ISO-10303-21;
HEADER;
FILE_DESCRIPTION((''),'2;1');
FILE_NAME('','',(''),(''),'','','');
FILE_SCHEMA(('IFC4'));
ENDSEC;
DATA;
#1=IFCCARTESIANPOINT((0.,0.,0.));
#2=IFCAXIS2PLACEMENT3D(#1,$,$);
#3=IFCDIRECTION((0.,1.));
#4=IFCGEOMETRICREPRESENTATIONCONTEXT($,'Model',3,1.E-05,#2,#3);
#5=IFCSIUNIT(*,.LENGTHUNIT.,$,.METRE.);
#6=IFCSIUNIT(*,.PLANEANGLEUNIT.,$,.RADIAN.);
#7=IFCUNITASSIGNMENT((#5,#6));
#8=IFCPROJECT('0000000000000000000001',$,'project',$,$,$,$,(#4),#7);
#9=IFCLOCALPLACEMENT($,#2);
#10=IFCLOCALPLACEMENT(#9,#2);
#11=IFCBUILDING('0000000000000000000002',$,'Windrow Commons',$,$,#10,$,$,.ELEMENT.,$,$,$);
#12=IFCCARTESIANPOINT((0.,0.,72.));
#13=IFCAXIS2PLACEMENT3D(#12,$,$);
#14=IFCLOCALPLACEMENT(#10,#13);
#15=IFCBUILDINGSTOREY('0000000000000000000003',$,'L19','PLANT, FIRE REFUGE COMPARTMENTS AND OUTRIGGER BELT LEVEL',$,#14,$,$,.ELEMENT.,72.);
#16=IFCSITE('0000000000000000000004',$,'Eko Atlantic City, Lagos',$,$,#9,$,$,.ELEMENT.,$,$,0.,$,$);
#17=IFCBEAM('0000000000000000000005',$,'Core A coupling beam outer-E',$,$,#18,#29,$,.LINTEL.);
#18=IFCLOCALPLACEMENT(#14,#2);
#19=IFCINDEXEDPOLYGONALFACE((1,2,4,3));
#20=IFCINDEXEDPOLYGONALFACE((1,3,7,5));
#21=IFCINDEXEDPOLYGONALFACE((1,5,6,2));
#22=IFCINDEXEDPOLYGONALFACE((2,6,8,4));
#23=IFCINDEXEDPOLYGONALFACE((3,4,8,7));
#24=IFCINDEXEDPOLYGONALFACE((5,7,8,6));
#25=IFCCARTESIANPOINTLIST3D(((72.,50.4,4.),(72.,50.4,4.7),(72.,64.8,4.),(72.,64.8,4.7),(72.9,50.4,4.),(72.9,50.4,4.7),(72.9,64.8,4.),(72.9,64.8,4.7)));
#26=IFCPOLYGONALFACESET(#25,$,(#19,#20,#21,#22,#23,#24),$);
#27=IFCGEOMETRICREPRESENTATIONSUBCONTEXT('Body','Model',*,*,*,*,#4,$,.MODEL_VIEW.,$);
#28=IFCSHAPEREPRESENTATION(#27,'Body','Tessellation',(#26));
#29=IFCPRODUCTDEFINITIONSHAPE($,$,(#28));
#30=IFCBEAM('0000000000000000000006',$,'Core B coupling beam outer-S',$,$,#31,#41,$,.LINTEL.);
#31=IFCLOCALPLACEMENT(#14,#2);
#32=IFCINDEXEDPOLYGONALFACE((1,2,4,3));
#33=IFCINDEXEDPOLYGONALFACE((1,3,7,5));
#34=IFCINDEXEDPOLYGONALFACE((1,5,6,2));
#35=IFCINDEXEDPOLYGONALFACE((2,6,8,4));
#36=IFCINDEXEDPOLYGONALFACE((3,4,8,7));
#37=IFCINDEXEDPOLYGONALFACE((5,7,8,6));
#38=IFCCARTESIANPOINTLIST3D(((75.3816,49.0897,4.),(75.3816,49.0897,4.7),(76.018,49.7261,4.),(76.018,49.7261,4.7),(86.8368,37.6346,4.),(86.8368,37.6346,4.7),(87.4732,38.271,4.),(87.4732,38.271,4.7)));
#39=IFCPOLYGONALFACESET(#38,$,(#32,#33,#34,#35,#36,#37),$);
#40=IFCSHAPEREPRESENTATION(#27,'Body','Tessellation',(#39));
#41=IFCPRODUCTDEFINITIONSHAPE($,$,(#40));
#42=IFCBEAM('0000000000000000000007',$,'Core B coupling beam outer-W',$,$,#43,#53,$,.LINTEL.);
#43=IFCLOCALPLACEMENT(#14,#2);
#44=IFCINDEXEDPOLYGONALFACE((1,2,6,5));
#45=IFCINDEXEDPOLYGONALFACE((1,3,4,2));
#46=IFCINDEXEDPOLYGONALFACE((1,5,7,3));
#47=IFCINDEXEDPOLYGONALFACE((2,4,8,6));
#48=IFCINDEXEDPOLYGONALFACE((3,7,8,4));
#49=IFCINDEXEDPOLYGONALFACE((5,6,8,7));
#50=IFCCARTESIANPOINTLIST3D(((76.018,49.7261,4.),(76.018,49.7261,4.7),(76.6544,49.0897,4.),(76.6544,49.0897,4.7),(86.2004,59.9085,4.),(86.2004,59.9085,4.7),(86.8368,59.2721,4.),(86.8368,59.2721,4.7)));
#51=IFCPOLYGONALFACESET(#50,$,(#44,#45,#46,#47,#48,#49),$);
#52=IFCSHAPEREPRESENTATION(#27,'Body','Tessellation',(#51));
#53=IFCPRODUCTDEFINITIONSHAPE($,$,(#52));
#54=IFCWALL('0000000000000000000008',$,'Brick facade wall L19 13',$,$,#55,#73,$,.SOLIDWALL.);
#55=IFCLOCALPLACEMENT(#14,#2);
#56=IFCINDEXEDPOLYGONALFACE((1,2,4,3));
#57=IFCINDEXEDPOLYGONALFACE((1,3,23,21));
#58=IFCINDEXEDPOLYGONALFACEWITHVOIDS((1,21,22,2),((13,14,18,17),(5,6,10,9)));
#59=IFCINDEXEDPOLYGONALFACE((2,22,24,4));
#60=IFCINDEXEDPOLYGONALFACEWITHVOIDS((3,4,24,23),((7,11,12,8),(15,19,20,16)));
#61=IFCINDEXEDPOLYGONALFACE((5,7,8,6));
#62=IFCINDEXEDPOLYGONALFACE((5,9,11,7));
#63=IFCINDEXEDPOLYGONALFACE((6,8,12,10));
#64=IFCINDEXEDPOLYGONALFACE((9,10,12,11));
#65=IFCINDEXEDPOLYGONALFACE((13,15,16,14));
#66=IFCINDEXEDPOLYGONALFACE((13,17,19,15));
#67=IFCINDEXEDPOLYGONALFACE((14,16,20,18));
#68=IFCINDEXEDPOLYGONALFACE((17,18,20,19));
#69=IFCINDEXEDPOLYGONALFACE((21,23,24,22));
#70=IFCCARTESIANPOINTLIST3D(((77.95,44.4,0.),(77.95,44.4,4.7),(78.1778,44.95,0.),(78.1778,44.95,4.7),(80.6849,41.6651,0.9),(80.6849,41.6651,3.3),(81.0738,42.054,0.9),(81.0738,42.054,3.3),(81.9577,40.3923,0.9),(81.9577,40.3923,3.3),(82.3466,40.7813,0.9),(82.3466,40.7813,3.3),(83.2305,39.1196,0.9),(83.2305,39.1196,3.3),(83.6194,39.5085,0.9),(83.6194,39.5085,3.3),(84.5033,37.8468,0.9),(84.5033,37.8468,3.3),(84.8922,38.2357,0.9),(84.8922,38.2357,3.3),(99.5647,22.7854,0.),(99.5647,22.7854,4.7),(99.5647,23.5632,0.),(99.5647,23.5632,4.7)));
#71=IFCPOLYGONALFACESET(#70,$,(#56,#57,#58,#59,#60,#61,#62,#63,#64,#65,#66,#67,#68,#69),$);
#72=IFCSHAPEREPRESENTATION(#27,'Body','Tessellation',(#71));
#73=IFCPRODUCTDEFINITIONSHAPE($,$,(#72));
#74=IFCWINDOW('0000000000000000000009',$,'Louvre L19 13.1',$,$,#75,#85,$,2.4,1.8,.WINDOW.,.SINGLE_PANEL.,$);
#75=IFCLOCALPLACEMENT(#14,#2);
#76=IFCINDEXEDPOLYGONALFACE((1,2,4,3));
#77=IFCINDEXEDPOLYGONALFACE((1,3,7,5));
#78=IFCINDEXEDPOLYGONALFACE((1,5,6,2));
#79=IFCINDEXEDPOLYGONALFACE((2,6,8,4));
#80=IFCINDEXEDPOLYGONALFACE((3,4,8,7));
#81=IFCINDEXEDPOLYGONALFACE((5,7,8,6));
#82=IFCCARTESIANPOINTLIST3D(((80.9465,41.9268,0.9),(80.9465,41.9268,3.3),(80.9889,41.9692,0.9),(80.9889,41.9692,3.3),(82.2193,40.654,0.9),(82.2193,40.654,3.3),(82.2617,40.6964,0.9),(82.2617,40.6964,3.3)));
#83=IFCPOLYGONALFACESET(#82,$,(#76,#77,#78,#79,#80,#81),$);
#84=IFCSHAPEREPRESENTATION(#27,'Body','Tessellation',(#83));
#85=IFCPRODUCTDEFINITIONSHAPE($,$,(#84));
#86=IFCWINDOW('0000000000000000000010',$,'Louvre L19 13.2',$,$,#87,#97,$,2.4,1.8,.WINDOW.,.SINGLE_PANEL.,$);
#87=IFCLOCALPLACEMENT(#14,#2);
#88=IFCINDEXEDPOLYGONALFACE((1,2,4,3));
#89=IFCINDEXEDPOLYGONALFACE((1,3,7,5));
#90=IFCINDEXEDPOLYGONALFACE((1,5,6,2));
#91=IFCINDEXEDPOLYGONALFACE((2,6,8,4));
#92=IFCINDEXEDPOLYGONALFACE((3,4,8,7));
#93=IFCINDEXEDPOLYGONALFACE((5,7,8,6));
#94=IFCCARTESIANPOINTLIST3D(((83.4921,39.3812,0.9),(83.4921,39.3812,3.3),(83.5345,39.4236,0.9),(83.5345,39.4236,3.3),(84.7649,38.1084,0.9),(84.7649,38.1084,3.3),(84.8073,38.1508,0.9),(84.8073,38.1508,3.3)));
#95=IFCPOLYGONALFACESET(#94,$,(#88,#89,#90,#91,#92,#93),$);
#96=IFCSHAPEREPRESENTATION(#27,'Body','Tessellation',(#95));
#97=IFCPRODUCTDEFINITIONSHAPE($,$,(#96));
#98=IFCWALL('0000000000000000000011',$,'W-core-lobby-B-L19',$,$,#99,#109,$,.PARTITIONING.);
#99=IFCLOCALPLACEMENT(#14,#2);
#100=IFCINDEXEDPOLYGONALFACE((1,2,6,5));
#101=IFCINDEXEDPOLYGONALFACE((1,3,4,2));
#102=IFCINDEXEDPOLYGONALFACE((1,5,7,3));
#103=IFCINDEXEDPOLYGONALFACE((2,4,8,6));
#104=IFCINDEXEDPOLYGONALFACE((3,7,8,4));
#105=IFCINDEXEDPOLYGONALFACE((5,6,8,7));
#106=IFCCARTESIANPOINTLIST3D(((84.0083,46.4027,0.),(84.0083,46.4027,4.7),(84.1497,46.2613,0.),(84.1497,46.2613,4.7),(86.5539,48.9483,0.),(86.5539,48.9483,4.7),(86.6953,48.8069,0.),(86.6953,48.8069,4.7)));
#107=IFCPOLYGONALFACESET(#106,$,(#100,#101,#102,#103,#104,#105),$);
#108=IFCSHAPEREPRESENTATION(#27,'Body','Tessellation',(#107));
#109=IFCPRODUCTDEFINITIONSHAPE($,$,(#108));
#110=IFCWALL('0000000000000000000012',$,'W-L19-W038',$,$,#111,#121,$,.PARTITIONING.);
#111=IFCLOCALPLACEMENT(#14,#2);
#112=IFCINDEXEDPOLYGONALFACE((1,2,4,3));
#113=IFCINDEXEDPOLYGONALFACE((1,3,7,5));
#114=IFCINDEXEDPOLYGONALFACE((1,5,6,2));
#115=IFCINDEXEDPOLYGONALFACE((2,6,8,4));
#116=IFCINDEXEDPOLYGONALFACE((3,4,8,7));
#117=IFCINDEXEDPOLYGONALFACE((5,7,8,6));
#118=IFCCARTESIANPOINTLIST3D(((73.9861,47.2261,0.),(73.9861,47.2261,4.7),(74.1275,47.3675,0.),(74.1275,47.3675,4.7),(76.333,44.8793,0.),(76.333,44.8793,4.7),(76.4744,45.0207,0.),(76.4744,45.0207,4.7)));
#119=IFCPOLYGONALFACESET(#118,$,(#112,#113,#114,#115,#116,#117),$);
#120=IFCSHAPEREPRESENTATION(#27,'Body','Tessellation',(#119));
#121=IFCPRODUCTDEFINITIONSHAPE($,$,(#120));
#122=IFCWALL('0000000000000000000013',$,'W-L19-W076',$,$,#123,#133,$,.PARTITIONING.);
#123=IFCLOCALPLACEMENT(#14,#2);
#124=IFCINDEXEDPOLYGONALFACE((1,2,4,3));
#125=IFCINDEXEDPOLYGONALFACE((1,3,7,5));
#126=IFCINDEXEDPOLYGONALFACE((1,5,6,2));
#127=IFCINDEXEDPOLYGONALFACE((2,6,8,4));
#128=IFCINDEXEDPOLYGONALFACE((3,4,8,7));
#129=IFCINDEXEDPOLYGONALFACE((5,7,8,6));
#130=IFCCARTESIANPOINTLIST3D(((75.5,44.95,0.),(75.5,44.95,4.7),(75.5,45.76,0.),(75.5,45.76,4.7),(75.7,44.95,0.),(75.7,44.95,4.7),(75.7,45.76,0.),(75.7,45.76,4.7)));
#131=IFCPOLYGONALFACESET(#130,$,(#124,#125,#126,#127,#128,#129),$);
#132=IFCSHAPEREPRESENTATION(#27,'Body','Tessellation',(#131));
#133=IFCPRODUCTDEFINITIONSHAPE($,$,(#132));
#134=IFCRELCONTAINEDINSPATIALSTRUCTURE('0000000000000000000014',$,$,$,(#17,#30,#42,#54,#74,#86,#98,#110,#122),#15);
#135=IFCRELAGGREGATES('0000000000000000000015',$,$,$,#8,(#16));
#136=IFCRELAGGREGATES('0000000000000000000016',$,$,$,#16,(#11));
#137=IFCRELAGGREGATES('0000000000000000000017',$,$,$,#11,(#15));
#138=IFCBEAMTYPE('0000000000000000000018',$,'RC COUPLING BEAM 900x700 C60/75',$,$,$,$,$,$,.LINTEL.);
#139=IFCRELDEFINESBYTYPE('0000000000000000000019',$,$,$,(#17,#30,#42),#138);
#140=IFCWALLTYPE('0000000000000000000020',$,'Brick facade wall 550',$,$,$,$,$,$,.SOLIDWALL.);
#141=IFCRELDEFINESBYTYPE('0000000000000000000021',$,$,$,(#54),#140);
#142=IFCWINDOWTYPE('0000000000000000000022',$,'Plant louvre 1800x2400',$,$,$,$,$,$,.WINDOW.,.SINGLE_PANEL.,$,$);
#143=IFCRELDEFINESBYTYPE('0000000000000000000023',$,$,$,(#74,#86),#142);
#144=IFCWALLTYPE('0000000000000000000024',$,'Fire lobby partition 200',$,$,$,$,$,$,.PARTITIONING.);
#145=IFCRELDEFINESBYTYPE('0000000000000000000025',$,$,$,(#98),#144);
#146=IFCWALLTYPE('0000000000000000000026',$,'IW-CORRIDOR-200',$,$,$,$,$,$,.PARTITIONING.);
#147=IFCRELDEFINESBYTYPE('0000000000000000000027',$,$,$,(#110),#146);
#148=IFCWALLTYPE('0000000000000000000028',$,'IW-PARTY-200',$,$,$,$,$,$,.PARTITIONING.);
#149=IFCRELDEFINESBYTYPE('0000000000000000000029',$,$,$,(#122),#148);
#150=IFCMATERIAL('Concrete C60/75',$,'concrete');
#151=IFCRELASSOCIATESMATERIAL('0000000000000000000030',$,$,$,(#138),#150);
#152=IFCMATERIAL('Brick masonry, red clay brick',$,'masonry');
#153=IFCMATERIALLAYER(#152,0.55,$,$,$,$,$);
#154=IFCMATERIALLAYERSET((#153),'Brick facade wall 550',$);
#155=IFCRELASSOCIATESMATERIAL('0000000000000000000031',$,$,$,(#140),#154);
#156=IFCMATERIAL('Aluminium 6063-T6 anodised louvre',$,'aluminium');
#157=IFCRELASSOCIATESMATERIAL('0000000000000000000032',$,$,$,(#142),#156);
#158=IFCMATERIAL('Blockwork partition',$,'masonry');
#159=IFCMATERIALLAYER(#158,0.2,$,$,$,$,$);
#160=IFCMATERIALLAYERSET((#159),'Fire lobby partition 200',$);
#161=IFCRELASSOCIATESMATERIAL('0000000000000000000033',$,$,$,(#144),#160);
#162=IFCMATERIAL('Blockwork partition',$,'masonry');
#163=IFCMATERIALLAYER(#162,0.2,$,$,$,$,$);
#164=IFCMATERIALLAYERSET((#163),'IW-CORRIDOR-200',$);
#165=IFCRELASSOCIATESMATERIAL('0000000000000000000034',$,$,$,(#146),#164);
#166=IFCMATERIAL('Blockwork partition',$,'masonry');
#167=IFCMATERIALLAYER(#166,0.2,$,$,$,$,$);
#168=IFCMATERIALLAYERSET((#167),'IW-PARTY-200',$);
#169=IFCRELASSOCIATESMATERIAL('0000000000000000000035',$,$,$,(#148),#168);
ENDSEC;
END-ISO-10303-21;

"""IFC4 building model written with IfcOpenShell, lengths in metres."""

from ifc_helpers import new_model, si_unit, direction, frame, frame_2d, origin, origin_2d, place, context, subcontext, project, spatial, polyline, rectangle, outline, extrude, material, layer, layer_set, material_profile, profile_set, type_object, element, fill, save


model = new_model("IFC4")

# Units and contexts
model_context = context("Model", 3, precision=1e-05, world=origin(), true_north=direction((0.0, 1.0)))
body_context = subcontext(model_context, "Body", "Model", "MODEL_VIEW")
ifc_project = project(units=[si_unit("LENGTHUNIT", "METRE"), si_unit("PLANEANGLEUNIT", "RADIAN")], contexts=[model_context])

# Site, building, storey
site_placement = place(None, origin())
site = spatial("IfcSite", under=ifc_project, at=site_placement, Name="Eko Atlantic City, Lagos", CompositionType="ELEMENT", RefElevation=0.0)
building_placement = place(site_placement, origin())
building = spatial("IfcBuilding", under=site, at=building_placement, Name="Windrow Commons", CompositionType="ELEMENT")
storey_placement = place(building_placement, frame((0.0, 0.0, 72.0)))
storey = spatial("IfcBuildingStorey", under=building, at=storey_placement, Name="L19", Description="PLANT, FIRE REFUGE COMPARTMENTS AND OUTRIGGER BELT LEVEL", CompositionType="ELEMENT", Elevation=72.0)

# Beams
ifc_material_1 = material(Name="Concrete C60/75", Category="concrete")
ifc_material_profile = material_profile(ifc_material_1, rectangle(XDim=0.9, YDim=0.7, at=origin_2d()))
ifc_profile_set = profile_set([ifc_material_profile], Name="Concrete C60/75")
beam_type = type_object("IfcBeamType", Name="RC COUPLING BEAM 900x700 C60/75", PredefinedType="LINTEL", material=ifc_profile_set)
beam_1_placement = place(storey_placement, frame((72.45, 50.4, 4.35), z_axis=(0.0, 1.0, 0.0), x_axis=(-1.0, 0.0, 0.0)))
element("IfcBeam", 1, at=beam_1_placement, inside=storey, type_object=beam_type, Name="Core A coupling beam outer-E", PredefinedType="LINTEL", context=body_context, shape_type="SweptSolid", body=[
    extrude(rectangle(XDim=0.9, YDim=0.7, at=origin_2d()), origin(), (0.0, 0.0, 1.0), 14.4),
])
beam_2_placement = place(storey_placement, frame((75.6998, 49.4079, 4.35), z_axis=(0.70711, -0.707104, 0.0), x_axis=(0.707104, 0.70711, 0.0)))
element("IfcBeam", 2, at=beam_2_placement, inside=storey, type_object=beam_type, Name="Core B coupling beam outer-S", PredefinedType="LINTEL", context=body_context, shape_type="SweptSolid", body=[
    extrude(rectangle(XDim=0.9, YDim=0.7, at=origin_2d()), origin(), (0.0, 0.0, 1.0), 16.2),
])
beam_3_placement = place(storey_placement, frame((76.3362, 49.4079, 4.35), z_axis=(0.707107, 0.707107, 0.0), x_axis=(-0.707107, 0.707107, 0.0)))
element("IfcBeam", 3, at=beam_3_placement, inside=storey, type_object=beam_type, Name="Core B coupling beam outer-W", PredefinedType="LINTEL", context=body_context, shape_type="SweptSolid", body=[
    extrude(rectangle(XDim=0.9, YDim=0.7, at=origin_2d()), origin(), (0.0, 0.0, 1.0), 14.4001),
])

# Wall, openings, windows
ifc_material_2 = material(Name="Brick masonry, red clay brick", Category="masonry")
ifc_layer_1 = layer(ifc_material_2, 0.55)
ifc_layer_set_1 = layer_set([ifc_layer_1], Name="Brick facade wall 550")
wall_type_1 = type_object("IfcWallType", Name="Brick facade wall 550", PredefinedType="SOLIDWALL", material=ifc_layer_set_1)
wall_1_placement = place(storey_placement, frame((78.0639, 44.675, 0.0), z_axis=(0.0, 0.0, 1.0), x_axis=(0.707108, -0.707105, 0.0)))
wall_1 = element("IfcWall", 4, at=wall_1_placement, inside=storey, type_object=wall_type_1, Name="Brick facade wall L19 13", PredefinedType="SOLIDWALL", context=body_context, shape_type="SweptSolid", body=[
    extrude(outline(polyline([(0.1139, -0.275), (30.6816, -0.275), (30.1316, 0.275), (-0.1139, 0.275), (0.1139, -0.275)])), origin(), (0.0, 0.0, 1.0), 4.7),
])
opening_1_placement = place(wall_1_placement, frame((3.9816, 0.0, 0.9)))
opening_1 = element("IfcOpeningElement", 5, at=opening_1_placement, cuts=wall_1, PredefinedType="OPENING", context=body_context, shape_type="SweptSolid", body=[
    extrude(rectangle(XDim=1.8, YDim=2.4, at=frame_2d((0.9, 1.2))), frame((0.0, 0.285, 0.0), z_axis=(0.0, -1.0, 0.0), x_axis=(1.0, 0.0, 0.0)), (0.0, 0.0, 1.0), 0.57),
])
opening_2_placement = place(wall_1_placement, frame((7.5816, 0.0, 0.9)))
opening_2 = element("IfcOpeningElement", 6, at=opening_2_placement, cuts=wall_1, PredefinedType="OPENING", context=body_context, shape_type="SweptSolid", body=[
    extrude(rectangle(XDim=1.8, YDim=2.4, at=frame_2d((0.9, 1.2))), frame((0.0, 0.285, 0.0), z_axis=(0.0, -1.0, 0.0), x_axis=(1.0, 0.0, 0.0)), (0.0, 0.0, 1.0), 0.57),
])
ifc_material_3 = material(Name="Aluminium 6063-T6 anodised louvre", Category="aluminium")
window_type = type_object("IfcWindowType", Name="Plant louvre 1800x2400", PartitioningType="SINGLE_PANEL", PredefinedType="WINDOW", material=ifc_material_3)
window_1_placement = place(opening_1_placement, origin())
window_1 = element("IfcWindow", 7, at=window_1_placement, inside=storey, type_object=window_type, Name="Louvre L19 13.1", OverallHeight=2.4, OverallWidth=1.8, PartitioningType="SINGLE_PANEL", PredefinedType="WINDOW", context=body_context, shape_type="SweptSolid", body=[
    extrude(rectangle(XDim=1.8, YDim=2.4, at=frame_2d((0.9, 1.2))), frame((0.0, 0.155, 0.0), z_axis=(0.0, -1.0, 0.0), x_axis=(1.0, 0.0, 0.0)), (0.0, 0.0, 1.0), 0.06),
])
fill(opening_1, window_1)
window_2_placement = place(opening_2_placement, origin())
window_2 = element("IfcWindow", 8, at=window_2_placement, inside=storey, type_object=window_type, Name="Louvre L19 13.2", OverallHeight=2.4, OverallWidth=1.8, PartitioningType="SINGLE_PANEL", PredefinedType="WINDOW", context=body_context, shape_type="SweptSolid", body=[
    extrude(rectangle(XDim=1.8, YDim=2.4, at=frame_2d((0.9, 1.2))), frame((0.0, 0.155, 0.0), z_axis=(0.0, -1.0, 0.0), x_axis=(1.0, 0.0, 0.0)), (0.0, 0.0, 1.0), 0.06),
])
fill(opening_2, window_2)

# Walls
ifc_material_4 = material(Name="Blockwork partition", Category="masonry")
ifc_layer_2 = layer(ifc_material_4, 0.2)
ifc_layer_set_2 = layer_set([ifc_layer_2], Name="Fire lobby partition 200")
wall_type_2 = type_object("IfcWallType", Name="Fire lobby partition 200", PredefinedType="PARTITIONING", material=ifc_layer_set_2)
wall_2_placement = place(storey_placement, frame((84.079, 46.332, 0.0), z_axis=(0.0, 0.0, 1.0), x_axis=(0.707107, 0.707107, 0.0)))
element("IfcWall", 9, at=wall_2_placement, inside=storey, type_object=wall_type_2, Name="W-core-lobby-B-L19", PredefinedType="PARTITIONING", context=body_context, shape_type="SweptSolid", body=[
    extrude(rectangle(XDim=3.6, YDim=0.2, at=frame_2d((1.8, 0.0))), origin(), (0.0, 0.0, 1.0), 4.7),
])
ifc_material_5 = material(Name="Blockwork partition", Category="masonry")
ifc_layer_3 = layer(ifc_material_5, 0.2)
ifc_layer_set_3 = layer_set([ifc_layer_3], Name="IW-CORRIDOR-200")
wall_type_3 = type_object("IfcWallType", Name="IW-CORRIDOR-200", PredefinedType="PARTITIONING", material=ifc_layer_set_3)
wall_3_placement = place(storey_placement, frame((74.0568, 47.2968, 0.0), z_axis=(0.0, 0.0, 1.0), x_axis=(0.707122, -0.707092, 0.0)))
element("IfcWall", 10, at=wall_3_placement, inside=storey, type_object=wall_type_3, Name="W-L19-W038", PredefinedType="PARTITIONING", context=body_context, shape_type="SweptSolid", body=[
    extrude(rectangle(XDim=3.3189, YDim=0.2, at=frame_2d((1.6595, 0.0))), origin(), (0.0, 0.0, 1.0), 4.7),
])
ifc_material_6 = material(Name="Blockwork partition", Category="masonry")
ifc_layer_4 = layer(ifc_material_6, 0.2)
ifc_layer_set_4 = layer_set([ifc_layer_4], Name="IW-PARTY-200")
wall_type_4 = type_object("IfcWallType", Name="IW-PARTY-200", PredefinedType="PARTITIONING", material=ifc_layer_set_4)
wall_4_placement = place(storey_placement, frame((75.6, 44.95, 0.0), z_axis=(0.0, 0.0, 1.0), x_axis=(0.0, 1.0, 0.0)))
element("IfcWall", 11, at=wall_4_placement, inside=storey, type_object=wall_type_4, Name="W-L19-W076", PredefinedType="PARTITIONING", context=body_context, shape_type="SweptSolid", body=[
    extrude(rectangle(XDim=0.81, YDim=0.2, at=frame_2d((0.405, 0.0))), origin(), (0.0, 0.0, 1.0), 4.7),
])

save(model, "model.ifc")
